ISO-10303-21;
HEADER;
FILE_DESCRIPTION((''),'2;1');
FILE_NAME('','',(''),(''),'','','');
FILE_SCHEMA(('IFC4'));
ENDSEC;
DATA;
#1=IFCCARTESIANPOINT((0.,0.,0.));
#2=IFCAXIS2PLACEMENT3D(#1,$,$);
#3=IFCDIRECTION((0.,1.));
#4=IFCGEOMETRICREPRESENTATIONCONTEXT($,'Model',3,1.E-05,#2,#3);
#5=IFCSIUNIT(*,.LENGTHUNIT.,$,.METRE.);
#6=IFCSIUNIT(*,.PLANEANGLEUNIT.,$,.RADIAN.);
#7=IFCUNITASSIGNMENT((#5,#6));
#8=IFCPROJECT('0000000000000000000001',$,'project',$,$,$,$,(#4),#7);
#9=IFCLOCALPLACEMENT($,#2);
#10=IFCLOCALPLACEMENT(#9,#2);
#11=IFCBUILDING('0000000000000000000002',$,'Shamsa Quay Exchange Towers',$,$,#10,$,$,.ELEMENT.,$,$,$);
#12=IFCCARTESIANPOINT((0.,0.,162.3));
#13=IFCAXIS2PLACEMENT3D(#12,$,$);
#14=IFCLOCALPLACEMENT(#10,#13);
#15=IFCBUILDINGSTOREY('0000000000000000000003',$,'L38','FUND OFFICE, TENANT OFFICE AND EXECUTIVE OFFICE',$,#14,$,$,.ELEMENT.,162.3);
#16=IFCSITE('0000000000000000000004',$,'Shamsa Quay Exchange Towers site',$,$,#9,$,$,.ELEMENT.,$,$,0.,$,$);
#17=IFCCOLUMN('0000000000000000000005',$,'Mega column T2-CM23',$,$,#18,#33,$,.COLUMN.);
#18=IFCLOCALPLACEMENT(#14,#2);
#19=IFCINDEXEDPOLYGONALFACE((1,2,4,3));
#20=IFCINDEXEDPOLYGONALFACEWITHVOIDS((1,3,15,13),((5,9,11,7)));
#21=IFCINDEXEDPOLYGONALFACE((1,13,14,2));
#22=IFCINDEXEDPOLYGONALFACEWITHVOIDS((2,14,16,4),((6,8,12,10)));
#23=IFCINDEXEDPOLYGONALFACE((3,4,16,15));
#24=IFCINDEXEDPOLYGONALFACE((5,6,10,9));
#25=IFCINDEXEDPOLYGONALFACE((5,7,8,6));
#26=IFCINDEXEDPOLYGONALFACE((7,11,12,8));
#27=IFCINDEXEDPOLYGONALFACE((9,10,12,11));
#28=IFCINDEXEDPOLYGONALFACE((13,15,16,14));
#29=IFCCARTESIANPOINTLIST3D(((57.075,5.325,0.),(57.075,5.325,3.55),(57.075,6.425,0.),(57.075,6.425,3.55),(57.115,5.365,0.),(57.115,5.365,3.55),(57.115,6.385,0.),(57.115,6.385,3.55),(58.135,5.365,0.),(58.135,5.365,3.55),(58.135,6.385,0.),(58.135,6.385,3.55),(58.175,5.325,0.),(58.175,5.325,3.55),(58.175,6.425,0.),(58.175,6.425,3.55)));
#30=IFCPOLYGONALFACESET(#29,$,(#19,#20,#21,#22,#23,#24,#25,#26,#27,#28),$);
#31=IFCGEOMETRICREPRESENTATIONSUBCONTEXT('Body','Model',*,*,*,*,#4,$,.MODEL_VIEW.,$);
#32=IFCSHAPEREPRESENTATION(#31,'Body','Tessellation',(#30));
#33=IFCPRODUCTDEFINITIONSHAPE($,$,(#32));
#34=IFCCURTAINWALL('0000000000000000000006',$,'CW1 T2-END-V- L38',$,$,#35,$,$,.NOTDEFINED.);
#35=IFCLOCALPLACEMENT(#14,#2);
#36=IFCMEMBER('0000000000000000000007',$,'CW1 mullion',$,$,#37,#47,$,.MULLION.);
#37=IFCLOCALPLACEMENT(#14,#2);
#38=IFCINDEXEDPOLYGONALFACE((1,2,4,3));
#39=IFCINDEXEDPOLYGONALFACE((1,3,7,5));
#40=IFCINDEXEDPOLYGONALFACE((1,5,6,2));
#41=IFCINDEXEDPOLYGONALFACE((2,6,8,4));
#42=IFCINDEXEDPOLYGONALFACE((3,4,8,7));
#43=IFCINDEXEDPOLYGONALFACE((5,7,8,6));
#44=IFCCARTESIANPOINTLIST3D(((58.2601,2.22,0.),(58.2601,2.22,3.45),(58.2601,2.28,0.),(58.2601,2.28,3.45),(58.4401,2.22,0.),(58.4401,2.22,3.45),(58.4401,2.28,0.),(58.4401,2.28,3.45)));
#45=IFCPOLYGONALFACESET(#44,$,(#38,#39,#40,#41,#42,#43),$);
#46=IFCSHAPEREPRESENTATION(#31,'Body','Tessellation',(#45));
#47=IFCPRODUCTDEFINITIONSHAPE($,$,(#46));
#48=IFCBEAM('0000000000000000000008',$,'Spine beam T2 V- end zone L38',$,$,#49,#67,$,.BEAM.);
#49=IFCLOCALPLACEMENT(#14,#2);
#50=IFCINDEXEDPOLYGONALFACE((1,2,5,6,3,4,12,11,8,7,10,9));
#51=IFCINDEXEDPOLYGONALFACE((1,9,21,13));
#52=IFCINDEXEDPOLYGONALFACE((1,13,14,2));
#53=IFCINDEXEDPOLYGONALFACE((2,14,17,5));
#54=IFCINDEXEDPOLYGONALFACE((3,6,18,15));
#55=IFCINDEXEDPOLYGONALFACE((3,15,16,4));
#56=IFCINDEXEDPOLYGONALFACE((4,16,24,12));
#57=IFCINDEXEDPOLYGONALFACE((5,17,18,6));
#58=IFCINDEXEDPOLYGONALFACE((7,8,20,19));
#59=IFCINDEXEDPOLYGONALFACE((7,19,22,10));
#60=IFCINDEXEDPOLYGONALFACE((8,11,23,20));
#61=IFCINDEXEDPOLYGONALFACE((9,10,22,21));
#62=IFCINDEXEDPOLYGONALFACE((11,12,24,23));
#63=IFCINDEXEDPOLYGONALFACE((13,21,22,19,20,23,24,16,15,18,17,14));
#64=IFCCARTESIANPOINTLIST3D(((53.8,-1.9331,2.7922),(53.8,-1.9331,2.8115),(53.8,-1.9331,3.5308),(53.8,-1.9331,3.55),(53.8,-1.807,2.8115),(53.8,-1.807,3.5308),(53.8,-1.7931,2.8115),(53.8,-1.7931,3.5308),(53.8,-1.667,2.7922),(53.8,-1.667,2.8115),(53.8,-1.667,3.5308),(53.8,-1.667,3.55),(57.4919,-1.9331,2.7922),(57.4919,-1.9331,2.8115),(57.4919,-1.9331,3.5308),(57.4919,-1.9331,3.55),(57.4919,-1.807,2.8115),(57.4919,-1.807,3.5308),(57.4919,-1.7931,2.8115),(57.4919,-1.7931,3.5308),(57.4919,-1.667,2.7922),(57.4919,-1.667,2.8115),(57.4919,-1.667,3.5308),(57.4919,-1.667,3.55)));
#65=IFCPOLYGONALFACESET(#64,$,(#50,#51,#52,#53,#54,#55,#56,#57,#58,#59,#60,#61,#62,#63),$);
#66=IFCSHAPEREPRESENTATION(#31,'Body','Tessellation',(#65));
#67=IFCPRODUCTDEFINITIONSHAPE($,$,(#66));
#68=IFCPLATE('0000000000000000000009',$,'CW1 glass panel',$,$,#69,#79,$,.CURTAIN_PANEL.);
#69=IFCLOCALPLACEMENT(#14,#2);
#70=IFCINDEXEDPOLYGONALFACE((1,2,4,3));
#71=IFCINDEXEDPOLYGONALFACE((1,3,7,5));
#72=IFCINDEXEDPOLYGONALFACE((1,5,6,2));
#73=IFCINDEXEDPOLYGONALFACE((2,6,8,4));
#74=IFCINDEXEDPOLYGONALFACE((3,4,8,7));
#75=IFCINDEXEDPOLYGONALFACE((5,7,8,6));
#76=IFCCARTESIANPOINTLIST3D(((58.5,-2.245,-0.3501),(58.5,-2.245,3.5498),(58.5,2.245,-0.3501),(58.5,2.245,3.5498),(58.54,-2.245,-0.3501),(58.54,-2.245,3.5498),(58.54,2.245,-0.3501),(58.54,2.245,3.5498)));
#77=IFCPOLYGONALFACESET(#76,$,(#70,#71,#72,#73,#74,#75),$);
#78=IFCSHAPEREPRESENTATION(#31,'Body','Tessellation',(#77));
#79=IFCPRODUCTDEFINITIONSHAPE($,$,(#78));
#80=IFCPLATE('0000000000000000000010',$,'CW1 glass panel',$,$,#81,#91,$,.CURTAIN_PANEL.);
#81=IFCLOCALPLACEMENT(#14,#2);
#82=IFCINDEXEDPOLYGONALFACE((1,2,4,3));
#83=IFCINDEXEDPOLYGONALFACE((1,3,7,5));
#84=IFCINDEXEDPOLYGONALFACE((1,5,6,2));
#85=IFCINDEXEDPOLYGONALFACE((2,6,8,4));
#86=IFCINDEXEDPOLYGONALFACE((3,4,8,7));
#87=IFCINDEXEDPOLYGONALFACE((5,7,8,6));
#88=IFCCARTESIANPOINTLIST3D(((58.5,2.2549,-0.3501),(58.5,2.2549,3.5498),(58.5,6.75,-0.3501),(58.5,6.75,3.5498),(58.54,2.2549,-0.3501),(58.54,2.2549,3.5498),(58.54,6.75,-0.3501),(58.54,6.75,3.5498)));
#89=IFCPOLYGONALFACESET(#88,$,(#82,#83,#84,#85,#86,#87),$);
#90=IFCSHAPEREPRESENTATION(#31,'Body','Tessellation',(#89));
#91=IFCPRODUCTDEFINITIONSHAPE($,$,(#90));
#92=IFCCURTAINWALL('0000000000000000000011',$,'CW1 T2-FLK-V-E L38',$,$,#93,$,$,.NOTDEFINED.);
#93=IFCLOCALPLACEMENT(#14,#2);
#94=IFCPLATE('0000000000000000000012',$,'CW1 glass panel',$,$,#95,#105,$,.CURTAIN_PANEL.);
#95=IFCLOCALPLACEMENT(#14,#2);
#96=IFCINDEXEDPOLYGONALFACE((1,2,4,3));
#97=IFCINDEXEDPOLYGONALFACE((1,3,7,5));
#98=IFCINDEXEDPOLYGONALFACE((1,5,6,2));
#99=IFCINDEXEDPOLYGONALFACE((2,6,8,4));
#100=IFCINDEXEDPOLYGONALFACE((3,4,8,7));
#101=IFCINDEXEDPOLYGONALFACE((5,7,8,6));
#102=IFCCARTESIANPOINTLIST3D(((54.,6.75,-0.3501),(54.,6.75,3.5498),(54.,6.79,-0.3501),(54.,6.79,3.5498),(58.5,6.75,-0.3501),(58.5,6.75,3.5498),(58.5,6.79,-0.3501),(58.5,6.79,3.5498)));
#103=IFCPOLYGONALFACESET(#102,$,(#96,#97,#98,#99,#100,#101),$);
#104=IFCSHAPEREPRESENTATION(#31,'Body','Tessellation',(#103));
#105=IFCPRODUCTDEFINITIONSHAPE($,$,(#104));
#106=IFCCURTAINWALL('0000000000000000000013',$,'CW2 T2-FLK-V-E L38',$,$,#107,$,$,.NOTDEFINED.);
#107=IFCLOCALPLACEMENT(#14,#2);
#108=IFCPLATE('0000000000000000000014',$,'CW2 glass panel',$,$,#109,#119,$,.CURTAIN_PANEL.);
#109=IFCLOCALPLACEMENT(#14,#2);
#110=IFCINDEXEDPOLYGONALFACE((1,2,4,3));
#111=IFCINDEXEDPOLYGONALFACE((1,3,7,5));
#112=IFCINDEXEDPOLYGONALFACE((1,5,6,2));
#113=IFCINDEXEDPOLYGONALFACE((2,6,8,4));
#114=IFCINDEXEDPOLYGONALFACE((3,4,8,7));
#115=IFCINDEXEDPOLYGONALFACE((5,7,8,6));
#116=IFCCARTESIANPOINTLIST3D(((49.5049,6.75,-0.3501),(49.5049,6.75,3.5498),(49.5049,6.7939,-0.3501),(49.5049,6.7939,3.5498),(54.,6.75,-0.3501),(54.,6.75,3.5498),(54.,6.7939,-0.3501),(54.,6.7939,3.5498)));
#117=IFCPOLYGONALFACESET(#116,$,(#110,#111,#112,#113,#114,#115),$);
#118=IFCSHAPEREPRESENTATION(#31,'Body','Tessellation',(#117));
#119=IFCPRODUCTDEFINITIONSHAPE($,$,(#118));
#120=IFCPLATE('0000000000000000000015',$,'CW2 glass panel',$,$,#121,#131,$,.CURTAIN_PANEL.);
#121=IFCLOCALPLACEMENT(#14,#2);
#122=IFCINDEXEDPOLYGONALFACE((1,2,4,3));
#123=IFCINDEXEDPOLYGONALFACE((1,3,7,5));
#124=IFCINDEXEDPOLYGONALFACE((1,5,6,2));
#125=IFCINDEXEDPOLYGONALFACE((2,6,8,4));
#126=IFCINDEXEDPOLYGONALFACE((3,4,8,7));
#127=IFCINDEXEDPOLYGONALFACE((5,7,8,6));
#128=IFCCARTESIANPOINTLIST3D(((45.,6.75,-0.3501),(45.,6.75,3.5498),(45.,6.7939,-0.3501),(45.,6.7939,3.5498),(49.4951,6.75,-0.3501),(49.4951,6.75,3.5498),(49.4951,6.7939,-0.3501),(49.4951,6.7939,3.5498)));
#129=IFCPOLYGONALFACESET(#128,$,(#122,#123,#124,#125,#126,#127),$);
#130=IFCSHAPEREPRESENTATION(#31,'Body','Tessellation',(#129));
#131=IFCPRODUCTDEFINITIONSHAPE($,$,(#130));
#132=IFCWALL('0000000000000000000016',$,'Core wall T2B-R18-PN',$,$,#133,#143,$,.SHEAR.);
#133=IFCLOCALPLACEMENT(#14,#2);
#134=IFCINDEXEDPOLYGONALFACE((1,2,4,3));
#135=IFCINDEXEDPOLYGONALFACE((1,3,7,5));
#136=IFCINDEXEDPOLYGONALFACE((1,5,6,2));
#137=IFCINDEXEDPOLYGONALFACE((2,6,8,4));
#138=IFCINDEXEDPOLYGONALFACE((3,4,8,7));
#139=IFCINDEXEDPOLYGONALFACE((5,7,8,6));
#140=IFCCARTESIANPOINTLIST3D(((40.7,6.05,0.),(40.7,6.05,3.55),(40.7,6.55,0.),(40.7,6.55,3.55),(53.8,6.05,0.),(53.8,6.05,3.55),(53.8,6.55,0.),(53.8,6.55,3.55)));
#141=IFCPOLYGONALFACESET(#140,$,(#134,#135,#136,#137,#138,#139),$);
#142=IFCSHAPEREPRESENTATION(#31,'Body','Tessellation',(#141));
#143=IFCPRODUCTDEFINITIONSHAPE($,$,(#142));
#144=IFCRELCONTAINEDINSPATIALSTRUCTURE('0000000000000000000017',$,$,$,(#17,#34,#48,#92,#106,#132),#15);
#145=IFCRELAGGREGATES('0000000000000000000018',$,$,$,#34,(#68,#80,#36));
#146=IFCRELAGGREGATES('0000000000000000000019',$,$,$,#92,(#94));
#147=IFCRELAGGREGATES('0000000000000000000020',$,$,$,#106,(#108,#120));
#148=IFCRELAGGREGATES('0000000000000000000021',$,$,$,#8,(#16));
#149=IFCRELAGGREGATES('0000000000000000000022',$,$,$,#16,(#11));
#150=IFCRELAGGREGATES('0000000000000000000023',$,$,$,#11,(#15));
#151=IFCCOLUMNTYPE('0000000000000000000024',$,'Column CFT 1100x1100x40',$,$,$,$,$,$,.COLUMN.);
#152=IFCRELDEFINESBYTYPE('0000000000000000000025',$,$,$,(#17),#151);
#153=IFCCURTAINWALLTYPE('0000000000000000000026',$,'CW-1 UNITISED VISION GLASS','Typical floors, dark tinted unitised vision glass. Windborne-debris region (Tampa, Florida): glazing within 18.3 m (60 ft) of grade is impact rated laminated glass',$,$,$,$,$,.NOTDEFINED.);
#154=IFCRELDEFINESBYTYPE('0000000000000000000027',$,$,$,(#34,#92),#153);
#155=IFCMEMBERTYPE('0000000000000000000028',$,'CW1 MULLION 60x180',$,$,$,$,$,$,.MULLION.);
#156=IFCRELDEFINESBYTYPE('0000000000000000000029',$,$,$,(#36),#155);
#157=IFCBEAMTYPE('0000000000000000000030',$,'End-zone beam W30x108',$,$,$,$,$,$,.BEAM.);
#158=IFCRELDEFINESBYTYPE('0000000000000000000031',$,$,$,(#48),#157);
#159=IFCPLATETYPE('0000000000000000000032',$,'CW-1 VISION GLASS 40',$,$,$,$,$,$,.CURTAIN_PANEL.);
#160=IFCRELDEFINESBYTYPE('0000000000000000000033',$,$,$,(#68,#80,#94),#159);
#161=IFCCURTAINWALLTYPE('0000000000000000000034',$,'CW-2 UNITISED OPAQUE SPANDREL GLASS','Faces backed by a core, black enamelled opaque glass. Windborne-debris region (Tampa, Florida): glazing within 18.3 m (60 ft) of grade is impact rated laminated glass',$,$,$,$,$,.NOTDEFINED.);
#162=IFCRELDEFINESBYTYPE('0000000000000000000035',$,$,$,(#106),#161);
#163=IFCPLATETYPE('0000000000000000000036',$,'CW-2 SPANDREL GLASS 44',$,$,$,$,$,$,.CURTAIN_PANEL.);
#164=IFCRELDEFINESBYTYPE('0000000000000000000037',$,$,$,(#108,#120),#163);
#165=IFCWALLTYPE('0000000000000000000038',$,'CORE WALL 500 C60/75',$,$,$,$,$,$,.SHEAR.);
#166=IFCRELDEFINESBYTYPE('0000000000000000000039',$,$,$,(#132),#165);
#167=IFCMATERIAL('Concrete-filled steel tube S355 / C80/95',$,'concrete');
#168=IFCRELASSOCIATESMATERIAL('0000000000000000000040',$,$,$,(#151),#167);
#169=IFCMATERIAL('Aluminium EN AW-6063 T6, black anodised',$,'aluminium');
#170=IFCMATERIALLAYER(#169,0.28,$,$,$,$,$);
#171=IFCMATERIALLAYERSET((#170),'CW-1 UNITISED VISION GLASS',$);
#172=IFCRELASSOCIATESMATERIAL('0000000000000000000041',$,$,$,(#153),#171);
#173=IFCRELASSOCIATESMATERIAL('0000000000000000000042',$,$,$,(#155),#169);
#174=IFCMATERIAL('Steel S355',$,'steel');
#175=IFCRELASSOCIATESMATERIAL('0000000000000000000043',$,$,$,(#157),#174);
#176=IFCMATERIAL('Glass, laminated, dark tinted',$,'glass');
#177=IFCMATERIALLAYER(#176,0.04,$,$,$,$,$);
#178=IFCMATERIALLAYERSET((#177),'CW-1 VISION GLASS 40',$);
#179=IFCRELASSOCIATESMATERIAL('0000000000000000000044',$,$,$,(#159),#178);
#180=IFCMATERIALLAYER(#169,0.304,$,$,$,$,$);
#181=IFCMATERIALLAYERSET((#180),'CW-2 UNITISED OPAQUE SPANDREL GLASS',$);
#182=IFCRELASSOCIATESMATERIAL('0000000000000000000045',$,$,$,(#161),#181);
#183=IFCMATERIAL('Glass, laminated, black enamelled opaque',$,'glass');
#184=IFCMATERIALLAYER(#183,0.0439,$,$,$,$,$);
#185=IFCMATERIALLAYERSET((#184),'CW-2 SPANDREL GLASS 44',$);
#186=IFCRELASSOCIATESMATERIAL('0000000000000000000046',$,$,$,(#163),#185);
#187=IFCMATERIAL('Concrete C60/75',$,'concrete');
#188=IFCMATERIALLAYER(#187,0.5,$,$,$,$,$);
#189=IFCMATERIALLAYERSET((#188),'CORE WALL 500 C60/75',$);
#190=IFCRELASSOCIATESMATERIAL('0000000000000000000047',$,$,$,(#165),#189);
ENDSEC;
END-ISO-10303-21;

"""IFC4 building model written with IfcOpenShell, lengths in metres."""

from ifc_helpers import new_model, si_unit, direction, frame, frame_2d, origin, origin_2d, place, context, subcontext, project, spatial, rectangle, hollow_rectangle, i_section, extrude, material, layer, layer_set, material_profile, profile_set, type_object, element, aggregate, save


model = new_model("IFC4")

# Units and contexts
model_context = context("Model", 3, precision=1e-05, world=origin(), true_north=direction((0.0, 1.0)))
body_context = subcontext(model_context, "Body", "Model", "MODEL_VIEW")
ifc_project = project(units=[si_unit("LENGTHUNIT", "METRE"), si_unit("PLANEANGLEUNIT", "RADIAN")], contexts=[model_context])

# Site, building, storey
site_placement = place(None, origin())
site = spatial("IfcSite", under=ifc_project, at=site_placement, Name="Shamsa Quay Exchange Towers site", CompositionType="ELEMENT", RefElevation=0.0)
building_placement = place(site_placement, origin())
building = spatial("IfcBuilding", under=site, at=building_placement, Name="Shamsa Quay Exchange Towers", CompositionType="ELEMENT")
storey_placement = place(building_placement, frame((0.0, 0.0, 162.3)))
storey = spatial("IfcBuildingStorey", under=building, at=storey_placement, Name="L38", Description="FUND OFFICE, TENANT OFFICE AND EXECUTIVE OFFICE", CompositionType="ELEMENT", Elevation=162.3)

# Column
ifc_material_1 = material(Name="Concrete-filled steel tube S355 / C80/95", Category="concrete")
ifc_material_profile_1 = material_profile(ifc_material_1, hollow_rectangle(XDim=1.1001, YDim=1.1001, WallThickness=0.04, at=origin_2d()), Name="CFT 1100x1100x40")
ifc_profile_set_1 = profile_set([ifc_material_profile_1], Name="Concrete-filled steel tube S355 / C80/95")
column_type = type_object("IfcColumnType", Name="Column CFT 1100x1100x40", PredefinedType="COLUMN", material=ifc_profile_set_1)
column_placement = place(storey_placement, frame((57.625, 5.875, 0.0)))
element("IfcColumn", 1, at=column_placement, inside=storey, type_object=column_type, Name="Mega column T2-CM23", PredefinedType="COLUMN", context=body_context, shape_type="SweptSolid", body=[
    extrude(hollow_rectangle(XDim=1.1001, YDim=1.1001, WallThickness=0.04, at=origin_2d()), origin(), (0.0, 0.0, 1.0), 3.55),
])

# Curtain wall, member
ifc_material_2 = material(Name="Aluminium EN AW-6063 T6, black anodised", Category="aluminium")
ifc_layer_1 = layer(ifc_material_2, 0.28)
ifc_layer_set_1 = layer_set([ifc_layer_1], Name="CW-1 UNITISED VISION GLASS")
curtain_wall_type_1 = type_object("IfcCurtainWallType", Name="CW-1 UNITISED VISION GLASS", Description="Typical floors, dark tinted unitised vision glass. Windborne-debris region (Tampa, Florida): glazing within 18.3 m (60 ft) of grade is impact rated laminated glass", PredefinedType="NOTDEFINED", material=ifc_layer_set_1)
curtain_wall_1_placement = place(storey_placement, origin())
curtain_wall_1 = element("IfcCurtainWall", 2, at=curtain_wall_1_placement, inside=storey, type_object=curtain_wall_type_1, Name="CW1 T2-END-V- L38", PredefinedType="NOTDEFINED")
ifc_material_profile_2 = material_profile(ifc_material_2, rectangle(XDim=0.1799, YDim=0.0601, at=origin_2d()), Name="MU60x180")
ifc_profile_set_2 = profile_set([ifc_material_profile_2], Name="Aluminium EN AW-6063 T6, black anodised")
member_type = type_object("IfcMemberType", Name="CW1 MULLION 60x180", PredefinedType="MULLION", material=ifc_profile_set_2)
member_placement = place(storey_placement, frame((58.3501, 2.25, 0.0), z_axis=(0.0, 0.0, 1.0), x_axis=(-1.0, 0.0, 0.0)))
member = element("IfcMember", 3, at=member_placement, type_object=member_type, Name="CW1 mullion", PredefinedType="MULLION", context=body_context, shape_type="SweptSolid", body=[
    extrude(rectangle(XDim=0.1799, YDim=0.0601, at=origin_2d()), origin(), (0.0, 0.0, 1.0), 3.45),
])

# Beam
ifc_material_3 = material(Name="Steel S355", Category="steel")
ifc_material_profile_3 = material_profile(ifc_material_3, i_section(OverallWidth=0.2661, OverallDepth=0.7578, WebThickness=0.0139, FlangeThickness=0.0193, at=origin_2d()), Name="W30x108")
ifc_profile_set_3 = profile_set([ifc_material_profile_3], Name="Steel S355")
beam_type = type_object("IfcBeamType", Name="End-zone beam W30x108", PredefinedType="BEAM", material=ifc_profile_set_3)
beam_placement = place(storey_placement, frame((53.8, -1.8, 3.1711), z_axis=(1.0, 0.0, 0.0), x_axis=(0.0, 1.0, 0.0)))
element("IfcBeam", 4, at=beam_placement, inside=storey, type_object=beam_type, Name="Spine beam T2 V- end zone L38", PredefinedType="BEAM", context=body_context, shape_type="SweptSolid", body=[
    extrude(i_section(OverallWidth=0.2661, OverallDepth=0.7578, WebThickness=0.0139, FlangeThickness=0.0193, at=origin_2d()), origin(), (0.0, 0.0, 1.0), 3.6919),
])

# Plates
ifc_material_4 = material(Name="Glass, laminated, dark tinted", Category="glass")
ifc_layer_2 = layer(ifc_material_4, 0.04)
ifc_layer_set_2 = layer_set([ifc_layer_2], Name="CW-1 VISION GLASS 40")
plate_type_1 = type_object("IfcPlateType", Name="CW-1 VISION GLASS 40", PredefinedType="CURTAIN_PANEL", material=ifc_layer_set_2)
plate_1_placement = place(storey_placement, frame((58.52, 0.0, -0.3501), z_axis=(0.0, 0.0, 1.0), x_axis=(0.0, 1.0, 0.0)))
plate_1 = element("IfcPlate", 5, at=plate_1_placement, type_object=plate_type_1, Name="CW1 glass panel", PredefinedType="CURTAIN_PANEL", context=body_context, shape_type="SweptSolid", body=[
    extrude(rectangle(XDim=4.49, YDim=0.04, at=origin_2d()), origin(), (0.0, 0.0, 1.0), 3.8999),
])
plate_2_placement = place(storey_placement, frame((58.52, 4.5024, -0.3501), z_axis=(0.0, 0.0, 1.0), x_axis=(0.0, 1.0, 0.0)))
plate_2 = element("IfcPlate", 6, at=plate_2_placement, type_object=plate_type_1, Name="CW1 glass panel", PredefinedType="CURTAIN_PANEL", context=body_context, shape_type="SweptSolid", body=[
    extrude(rectangle(XDim=4.4951, YDim=0.04, at=origin_2d()), origin(), (0.0, 0.0, 1.0), 3.8999),
])
aggregate(curtain_wall_1, [plate_1, plate_2, member])

# Curtain wall, plate
curtain_wall_2_placement = place(storey_placement, origin())
curtain_wall_2 = element("IfcCurtainWall", 7, at=curtain_wall_2_placement, inside=storey, type_object=curtain_wall_type_1, Name="CW1 T2-FLK-V-E L38", PredefinedType="NOTDEFINED")
plate_3_placement = place(storey_placement, frame((56.25, 6.77, -0.3501), z_axis=(0.0, 0.0, 1.0), x_axis=(-1.0, 0.0, 0.0)))
plate_3 = element("IfcPlate", 8, at=plate_3_placement, type_object=plate_type_1, Name="CW1 glass panel", PredefinedType="CURTAIN_PANEL", context=body_context, shape_type="SweptSolid", body=[
    extrude(rectangle(XDim=4.5, YDim=0.04, at=origin_2d()), origin(), (0.0, 0.0, 1.0), 3.8999),
])
aggregate(curtain_wall_2, [plate_3])

# Curtain wall, plates
ifc_layer_3 = layer(ifc_material_2, 0.304)
ifc_layer_set_3 = layer_set([ifc_layer_3], Name="CW-2 UNITISED OPAQUE SPANDREL GLASS")
curtain_wall_type_2 = type_object("IfcCurtainWallType", Name="CW-2 UNITISED OPAQUE SPANDREL GLASS", Description="Faces backed by a core, black enamelled opaque glass. Windborne-debris region (Tampa, Florida): glazing within 18.3 m (60 ft) of grade is impact rated laminated glass", PredefinedType="NOTDEFINED", material=ifc_layer_set_3)
curtain_wall_3_placement = place(storey_placement, origin())
curtain_wall_3 = element("IfcCurtainWall", 9, at=curtain_wall_3_placement, inside=storey, type_object=curtain_wall_type_2, Name="CW2 T2-FLK-V-E L38", PredefinedType="NOTDEFINED")
ifc_material_5 = material(Name="Glass, laminated, black enamelled opaque", Category="glass")
ifc_layer_4 = layer(ifc_material_5, 0.0439)
ifc_layer_set_4 = layer_set([ifc_layer_4], Name="CW-2 SPANDREL GLASS 44")
plate_type_2 = type_object("IfcPlateType", Name="CW-2 SPANDREL GLASS 44", PredefinedType="CURTAIN_PANEL", material=ifc_layer_set_4)
plate_4_placement = place(storey_placement, frame((51.7524, 6.772, -0.3501), z_axis=(0.0, 0.0, 1.0), x_axis=(-1.0, 0.0, 0.0)))
plate_4 = element("IfcPlate", 10, at=plate_4_placement, type_object=plate_type_2, Name="CW2 glass panel", PredefinedType="CURTAIN_PANEL", context=body_context, shape_type="SweptSolid", body=[
    extrude(rectangle(XDim=4.4951, YDim=0.0439, at=origin_2d()), origin(), (0.0, 0.0, 1.0), 3.8999),
])
plate_5_placement = place(storey_placement, frame((47.2476, 6.772, -0.3501), z_axis=(0.0, 0.0, 1.0), x_axis=(-1.0, 0.0, 0.0)))
plate_5 = element("IfcPlate", 11, at=plate_5_placement, type_object=plate_type_2, Name="CW2 glass panel", PredefinedType="CURTAIN_PANEL", context=body_context, shape_type="SweptSolid", body=[
    extrude(rectangle(XDim=4.4951, YDim=0.0439, at=origin_2d()), origin(), (0.0, 0.0, 1.0), 3.8999),
])
aggregate(curtain_wall_3, [plate_4, plate_5])

# Wall
ifc_material_6 = material(Name="Concrete C60/75", Category="concrete")
ifc_layer_5 = layer(ifc_material_6, 0.5)
ifc_layer_set_5 = layer_set([ifc_layer_5], Name="CORE WALL 500 C60/75")
wall_type_1 = type_object("IfcWallType", Name="CORE WALL 500 C60/75", PredefinedType="SHEAR", material=ifc_layer_set_5)
wall_1_placement = place(storey_placement, frame((53.8, 6.3, 0.0), z_axis=(0.0, 0.0, 1.0), x_axis=(-1.0, 0.0, 0.0)))
element("IfcWall", 12, at=wall_1_placement, inside=storey, type_object=wall_type_1, Name="Core wall T2B-R18-PN", PredefinedType="SHEAR", context=body_context, shape_type="SweptSolid", body=[
    extrude(rectangle(XDim=13.1001, YDim=0.5, at=frame_2d((6.55, 0.0))), origin(), (0.0, 0.0, 1.0), 3.55),
])

save(model, "model.ifc")
